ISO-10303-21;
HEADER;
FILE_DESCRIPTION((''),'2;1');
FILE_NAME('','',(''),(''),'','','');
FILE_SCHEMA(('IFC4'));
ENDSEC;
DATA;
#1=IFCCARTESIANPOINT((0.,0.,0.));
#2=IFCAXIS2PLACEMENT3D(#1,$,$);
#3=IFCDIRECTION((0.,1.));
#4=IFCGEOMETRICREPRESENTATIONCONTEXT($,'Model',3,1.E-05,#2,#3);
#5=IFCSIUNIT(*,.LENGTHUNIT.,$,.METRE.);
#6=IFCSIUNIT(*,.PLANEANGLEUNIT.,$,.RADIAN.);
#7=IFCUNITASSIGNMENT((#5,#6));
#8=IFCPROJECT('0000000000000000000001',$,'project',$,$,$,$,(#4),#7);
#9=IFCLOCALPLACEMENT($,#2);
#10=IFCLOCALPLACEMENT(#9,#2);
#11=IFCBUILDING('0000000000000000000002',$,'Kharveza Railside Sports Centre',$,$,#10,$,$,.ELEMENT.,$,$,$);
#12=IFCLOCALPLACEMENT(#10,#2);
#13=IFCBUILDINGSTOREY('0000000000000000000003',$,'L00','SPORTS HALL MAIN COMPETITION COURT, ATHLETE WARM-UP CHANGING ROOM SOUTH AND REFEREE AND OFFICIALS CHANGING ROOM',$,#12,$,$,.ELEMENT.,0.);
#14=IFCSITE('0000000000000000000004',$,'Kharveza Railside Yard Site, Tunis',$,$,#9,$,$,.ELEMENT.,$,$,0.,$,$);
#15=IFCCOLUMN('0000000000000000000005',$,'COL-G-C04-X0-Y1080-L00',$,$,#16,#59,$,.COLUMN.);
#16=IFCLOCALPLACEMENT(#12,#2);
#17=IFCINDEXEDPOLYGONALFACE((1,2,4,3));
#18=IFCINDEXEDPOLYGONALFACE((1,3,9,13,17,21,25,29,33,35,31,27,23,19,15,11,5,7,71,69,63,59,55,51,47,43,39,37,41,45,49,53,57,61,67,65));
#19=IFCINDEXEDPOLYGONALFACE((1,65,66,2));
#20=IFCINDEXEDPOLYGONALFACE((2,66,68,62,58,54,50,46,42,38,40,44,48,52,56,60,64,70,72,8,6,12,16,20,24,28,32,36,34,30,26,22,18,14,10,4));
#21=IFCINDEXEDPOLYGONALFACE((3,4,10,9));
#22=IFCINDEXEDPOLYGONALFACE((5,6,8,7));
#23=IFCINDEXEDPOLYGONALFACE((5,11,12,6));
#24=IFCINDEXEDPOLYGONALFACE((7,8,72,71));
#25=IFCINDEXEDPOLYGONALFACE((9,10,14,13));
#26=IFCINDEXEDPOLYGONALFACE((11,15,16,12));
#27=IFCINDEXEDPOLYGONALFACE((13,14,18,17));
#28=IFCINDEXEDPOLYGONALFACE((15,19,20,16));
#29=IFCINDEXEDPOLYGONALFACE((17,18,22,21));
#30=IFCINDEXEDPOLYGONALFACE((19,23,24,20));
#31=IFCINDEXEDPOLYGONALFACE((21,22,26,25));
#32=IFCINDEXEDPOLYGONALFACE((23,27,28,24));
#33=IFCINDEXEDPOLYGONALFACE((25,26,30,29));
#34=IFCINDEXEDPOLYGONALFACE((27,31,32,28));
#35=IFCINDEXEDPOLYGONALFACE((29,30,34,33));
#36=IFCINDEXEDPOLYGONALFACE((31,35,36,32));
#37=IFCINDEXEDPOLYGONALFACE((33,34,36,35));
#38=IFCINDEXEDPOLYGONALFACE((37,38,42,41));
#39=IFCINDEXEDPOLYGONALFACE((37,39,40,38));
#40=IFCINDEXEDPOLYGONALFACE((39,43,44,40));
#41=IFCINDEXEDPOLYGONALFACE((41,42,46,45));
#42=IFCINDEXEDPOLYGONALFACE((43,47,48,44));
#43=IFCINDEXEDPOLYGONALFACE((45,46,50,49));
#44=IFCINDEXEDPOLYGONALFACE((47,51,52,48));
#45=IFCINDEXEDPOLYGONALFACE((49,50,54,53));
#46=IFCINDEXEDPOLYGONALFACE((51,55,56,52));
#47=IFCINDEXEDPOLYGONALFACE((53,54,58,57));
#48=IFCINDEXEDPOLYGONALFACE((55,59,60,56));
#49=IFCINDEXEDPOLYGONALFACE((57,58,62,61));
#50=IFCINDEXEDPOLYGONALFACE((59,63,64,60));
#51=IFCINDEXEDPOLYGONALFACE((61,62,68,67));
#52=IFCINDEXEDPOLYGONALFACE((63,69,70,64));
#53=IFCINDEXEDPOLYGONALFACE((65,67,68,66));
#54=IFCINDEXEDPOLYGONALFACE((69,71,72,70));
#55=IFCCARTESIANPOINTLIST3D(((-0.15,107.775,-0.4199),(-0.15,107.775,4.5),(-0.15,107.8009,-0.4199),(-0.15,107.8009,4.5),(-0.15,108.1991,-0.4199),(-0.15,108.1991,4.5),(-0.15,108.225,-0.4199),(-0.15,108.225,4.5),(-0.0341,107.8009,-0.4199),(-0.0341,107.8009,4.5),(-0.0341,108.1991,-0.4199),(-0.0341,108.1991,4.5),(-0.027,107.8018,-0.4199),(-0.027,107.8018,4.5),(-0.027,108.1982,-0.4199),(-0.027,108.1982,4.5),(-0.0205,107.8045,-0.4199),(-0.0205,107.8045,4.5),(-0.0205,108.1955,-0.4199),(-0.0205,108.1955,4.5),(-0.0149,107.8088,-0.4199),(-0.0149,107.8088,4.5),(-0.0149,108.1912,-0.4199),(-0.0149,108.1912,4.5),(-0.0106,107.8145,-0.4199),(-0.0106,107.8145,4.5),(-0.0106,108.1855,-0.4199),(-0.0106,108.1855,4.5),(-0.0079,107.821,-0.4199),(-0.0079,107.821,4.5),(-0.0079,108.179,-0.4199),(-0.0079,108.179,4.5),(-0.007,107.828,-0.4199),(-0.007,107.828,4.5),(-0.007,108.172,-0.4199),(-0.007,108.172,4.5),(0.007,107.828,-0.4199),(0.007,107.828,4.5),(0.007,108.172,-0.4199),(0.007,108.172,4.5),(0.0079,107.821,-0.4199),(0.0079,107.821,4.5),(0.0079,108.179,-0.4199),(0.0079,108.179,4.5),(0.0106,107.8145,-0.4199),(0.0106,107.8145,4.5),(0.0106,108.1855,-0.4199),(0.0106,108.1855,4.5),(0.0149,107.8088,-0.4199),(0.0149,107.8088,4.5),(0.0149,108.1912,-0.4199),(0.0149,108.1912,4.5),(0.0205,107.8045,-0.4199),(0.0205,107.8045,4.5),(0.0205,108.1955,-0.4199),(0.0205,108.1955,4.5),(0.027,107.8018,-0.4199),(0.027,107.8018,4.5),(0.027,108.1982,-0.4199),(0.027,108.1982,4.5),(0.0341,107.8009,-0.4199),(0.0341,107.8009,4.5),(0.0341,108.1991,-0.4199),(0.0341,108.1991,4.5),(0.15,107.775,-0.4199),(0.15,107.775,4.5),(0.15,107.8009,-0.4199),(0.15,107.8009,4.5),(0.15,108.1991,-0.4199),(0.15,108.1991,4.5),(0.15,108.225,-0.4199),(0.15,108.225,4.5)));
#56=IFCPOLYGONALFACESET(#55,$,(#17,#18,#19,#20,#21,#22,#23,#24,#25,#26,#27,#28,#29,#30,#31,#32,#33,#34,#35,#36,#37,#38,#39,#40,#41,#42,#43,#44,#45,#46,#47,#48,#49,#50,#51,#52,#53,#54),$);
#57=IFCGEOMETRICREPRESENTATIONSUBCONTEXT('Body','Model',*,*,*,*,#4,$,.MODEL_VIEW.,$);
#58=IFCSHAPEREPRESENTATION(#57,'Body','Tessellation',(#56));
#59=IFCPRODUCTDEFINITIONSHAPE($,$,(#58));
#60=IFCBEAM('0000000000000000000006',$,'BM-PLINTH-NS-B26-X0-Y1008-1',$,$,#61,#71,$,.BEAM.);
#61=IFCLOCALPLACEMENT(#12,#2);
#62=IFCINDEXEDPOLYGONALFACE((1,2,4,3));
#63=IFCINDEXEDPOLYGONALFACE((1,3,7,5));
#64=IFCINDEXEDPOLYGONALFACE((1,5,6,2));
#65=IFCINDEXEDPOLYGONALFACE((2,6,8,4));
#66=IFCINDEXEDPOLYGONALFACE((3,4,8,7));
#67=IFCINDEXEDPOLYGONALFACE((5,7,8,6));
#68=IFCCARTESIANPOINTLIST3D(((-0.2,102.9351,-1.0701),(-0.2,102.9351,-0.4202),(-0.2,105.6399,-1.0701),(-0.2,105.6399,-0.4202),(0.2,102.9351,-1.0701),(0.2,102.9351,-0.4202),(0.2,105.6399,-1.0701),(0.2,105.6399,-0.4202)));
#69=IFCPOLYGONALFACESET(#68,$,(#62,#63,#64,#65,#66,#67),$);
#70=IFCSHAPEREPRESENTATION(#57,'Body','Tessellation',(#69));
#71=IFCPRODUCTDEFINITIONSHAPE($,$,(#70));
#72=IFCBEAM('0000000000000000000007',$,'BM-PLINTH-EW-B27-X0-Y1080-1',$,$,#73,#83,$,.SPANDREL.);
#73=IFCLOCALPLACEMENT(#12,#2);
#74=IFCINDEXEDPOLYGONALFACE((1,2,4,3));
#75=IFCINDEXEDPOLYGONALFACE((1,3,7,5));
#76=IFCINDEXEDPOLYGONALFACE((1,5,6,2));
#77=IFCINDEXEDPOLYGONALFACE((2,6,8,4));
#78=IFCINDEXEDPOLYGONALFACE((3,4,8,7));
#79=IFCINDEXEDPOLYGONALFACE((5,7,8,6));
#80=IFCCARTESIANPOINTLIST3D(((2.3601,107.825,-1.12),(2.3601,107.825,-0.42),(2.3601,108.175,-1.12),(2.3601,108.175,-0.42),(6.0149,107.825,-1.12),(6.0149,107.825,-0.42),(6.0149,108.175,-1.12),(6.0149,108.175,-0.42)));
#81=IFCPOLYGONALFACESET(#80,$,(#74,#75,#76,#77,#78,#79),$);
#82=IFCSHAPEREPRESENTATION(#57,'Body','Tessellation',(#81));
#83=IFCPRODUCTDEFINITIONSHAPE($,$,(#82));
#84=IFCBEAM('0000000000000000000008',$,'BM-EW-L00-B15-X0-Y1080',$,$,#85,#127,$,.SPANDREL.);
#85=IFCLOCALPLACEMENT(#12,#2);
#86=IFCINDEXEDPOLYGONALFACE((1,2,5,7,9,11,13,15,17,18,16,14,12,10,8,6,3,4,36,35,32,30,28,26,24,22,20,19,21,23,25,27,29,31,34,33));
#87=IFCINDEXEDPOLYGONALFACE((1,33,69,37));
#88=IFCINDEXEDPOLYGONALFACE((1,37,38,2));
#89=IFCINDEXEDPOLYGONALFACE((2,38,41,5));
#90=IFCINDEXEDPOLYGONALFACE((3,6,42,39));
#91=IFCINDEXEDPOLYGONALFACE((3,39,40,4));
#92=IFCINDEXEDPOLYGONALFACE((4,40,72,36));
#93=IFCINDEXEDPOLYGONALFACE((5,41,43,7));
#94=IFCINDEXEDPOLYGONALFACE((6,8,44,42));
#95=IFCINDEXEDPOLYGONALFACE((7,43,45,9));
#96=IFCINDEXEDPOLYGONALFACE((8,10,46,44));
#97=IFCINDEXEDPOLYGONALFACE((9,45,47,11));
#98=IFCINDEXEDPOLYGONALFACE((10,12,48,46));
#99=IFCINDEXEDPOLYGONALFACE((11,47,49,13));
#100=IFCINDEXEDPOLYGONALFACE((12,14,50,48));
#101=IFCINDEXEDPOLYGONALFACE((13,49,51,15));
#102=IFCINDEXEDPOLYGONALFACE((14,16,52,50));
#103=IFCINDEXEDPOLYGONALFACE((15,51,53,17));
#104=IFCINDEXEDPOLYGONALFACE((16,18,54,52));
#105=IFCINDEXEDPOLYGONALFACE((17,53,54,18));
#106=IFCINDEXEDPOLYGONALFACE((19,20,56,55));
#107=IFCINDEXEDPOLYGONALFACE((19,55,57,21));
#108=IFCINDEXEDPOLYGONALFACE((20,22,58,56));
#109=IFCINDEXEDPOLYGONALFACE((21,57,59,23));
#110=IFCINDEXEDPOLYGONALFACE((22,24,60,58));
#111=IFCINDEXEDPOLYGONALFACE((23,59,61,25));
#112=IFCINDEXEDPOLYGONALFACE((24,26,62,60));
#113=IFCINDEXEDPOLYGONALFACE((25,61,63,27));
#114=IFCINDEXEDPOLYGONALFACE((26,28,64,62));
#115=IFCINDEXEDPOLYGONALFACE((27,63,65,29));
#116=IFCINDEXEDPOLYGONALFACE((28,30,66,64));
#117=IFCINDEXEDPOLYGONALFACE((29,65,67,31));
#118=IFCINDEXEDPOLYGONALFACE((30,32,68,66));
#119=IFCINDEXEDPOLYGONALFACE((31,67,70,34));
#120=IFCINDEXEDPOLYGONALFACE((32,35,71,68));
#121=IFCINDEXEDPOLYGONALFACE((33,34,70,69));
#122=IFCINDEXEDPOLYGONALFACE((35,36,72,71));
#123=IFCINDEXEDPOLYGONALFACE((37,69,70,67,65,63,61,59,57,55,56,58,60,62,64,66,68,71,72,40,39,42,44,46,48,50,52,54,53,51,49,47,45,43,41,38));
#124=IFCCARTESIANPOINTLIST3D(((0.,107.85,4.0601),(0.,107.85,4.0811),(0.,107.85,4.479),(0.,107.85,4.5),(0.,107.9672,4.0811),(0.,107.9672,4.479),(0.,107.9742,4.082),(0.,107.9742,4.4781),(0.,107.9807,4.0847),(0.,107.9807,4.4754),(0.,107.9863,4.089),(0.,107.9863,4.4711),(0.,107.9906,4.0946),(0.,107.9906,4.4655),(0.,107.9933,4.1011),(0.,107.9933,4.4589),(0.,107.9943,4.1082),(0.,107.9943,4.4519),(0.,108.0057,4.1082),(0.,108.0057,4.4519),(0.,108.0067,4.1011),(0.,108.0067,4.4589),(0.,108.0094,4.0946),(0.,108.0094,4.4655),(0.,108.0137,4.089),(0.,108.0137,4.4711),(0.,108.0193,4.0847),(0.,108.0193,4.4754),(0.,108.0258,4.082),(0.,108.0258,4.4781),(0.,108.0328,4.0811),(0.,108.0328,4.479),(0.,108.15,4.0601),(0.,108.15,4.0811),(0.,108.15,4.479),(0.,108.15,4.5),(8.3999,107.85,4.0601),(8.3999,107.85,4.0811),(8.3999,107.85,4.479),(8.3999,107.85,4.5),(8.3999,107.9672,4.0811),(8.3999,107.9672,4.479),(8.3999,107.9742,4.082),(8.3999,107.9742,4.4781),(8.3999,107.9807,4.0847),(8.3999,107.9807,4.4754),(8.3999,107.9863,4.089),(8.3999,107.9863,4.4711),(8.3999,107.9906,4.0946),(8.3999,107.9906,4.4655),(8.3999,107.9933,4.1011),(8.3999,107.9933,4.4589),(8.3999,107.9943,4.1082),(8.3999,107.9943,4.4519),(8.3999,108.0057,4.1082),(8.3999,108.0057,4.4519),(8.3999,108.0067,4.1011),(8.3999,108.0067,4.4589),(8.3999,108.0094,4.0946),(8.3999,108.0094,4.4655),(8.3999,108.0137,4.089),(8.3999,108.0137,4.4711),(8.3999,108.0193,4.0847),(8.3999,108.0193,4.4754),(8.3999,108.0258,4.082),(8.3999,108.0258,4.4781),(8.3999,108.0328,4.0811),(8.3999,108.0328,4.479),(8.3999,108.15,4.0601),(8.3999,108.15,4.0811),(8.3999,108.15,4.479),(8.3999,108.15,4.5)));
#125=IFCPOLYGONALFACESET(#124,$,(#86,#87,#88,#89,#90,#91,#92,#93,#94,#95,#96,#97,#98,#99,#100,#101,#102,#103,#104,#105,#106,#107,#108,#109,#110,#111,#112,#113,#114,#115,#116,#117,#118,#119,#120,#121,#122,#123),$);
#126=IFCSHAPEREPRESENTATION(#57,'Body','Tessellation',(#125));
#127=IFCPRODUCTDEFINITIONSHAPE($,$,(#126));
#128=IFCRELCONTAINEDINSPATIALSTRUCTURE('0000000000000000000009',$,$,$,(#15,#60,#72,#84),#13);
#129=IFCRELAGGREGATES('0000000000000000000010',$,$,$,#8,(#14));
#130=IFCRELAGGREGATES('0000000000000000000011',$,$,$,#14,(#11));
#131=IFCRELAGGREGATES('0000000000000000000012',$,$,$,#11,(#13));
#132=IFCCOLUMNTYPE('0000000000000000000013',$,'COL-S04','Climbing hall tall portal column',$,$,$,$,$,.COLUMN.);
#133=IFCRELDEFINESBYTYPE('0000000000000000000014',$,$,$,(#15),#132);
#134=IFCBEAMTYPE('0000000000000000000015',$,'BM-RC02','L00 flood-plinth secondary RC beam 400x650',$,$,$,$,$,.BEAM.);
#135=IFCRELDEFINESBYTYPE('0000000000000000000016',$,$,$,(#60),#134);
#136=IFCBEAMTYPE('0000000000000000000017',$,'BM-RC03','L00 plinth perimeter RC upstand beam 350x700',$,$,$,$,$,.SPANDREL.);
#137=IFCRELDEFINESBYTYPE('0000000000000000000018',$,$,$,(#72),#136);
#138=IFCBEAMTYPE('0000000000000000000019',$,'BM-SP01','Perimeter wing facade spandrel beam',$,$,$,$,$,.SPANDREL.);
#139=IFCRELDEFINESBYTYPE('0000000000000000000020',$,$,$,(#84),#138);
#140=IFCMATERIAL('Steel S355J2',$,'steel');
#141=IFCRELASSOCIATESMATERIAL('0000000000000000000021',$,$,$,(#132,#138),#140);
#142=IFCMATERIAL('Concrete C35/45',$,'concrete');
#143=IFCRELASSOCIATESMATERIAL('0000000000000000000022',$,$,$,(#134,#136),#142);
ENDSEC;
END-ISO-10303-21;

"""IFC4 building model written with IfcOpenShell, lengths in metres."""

from ifc_helpers import new_model, si_unit, direction, frame, origin, origin_2d, place, context, subcontext, project, spatial, rectangle, i_section, extrude, material, material_profile, profile_set, type_object, element, save


model = new_model("IFC4")

# Units and contexts
model_context = context("Model", 3, precision=1e-05, world=origin(), true_north=direction((0.0, 1.0)))
body_context = subcontext(model_context, "Body", "Model", "MODEL_VIEW")
ifc_project = project(units=[si_unit("LENGTHUNIT", "METRE"), si_unit("PLANEANGLEUNIT", "RADIAN")], contexts=[model_context])

# Site, building, storey
site_placement = place(None, origin())
site = spatial("IfcSite", under=ifc_project, at=site_placement, Name="Kharveza Railside Yard Site, Tunis", CompositionType="ELEMENT", RefElevation=0.0)
building_placement = place(site_placement, origin())
building = spatial("IfcBuilding", under=site, at=building_placement, Name="Kharveza Railside Sports Centre", CompositionType="ELEMENT")
storey_placement = place(building_placement, origin())
storey = spatial("IfcBuildingStorey", under=building, at=storey_placement, Name="L00", Description="SPORTS HALL MAIN COMPETITION COURT, ATHLETE WARM-UP CHANGING ROOM SOUTH AND REFEREE AND OFFICIALS CHANGING ROOM", CompositionType="ELEMENT", Elevation=0.0)

# Shared definitions
ifc_material_1 = material(Name="Concrete C35/45", Category="concrete")

# Column
ifc_material_2 = material(Name="Steel S355J2", Category="steel")
ifc_material_profile_1 = material_profile(ifc_material_2, i_section(OverallWidth=0.3, OverallDepth=0.45, WebThickness=0.0139, FlangeThickness=0.0259, FilletRadius=0.0271, at=origin_2d()), Name="HEB 450")
ifc_profile_set_1 = profile_set([ifc_material_profile_1], Name="Steel S355J2")
column_type_1 = type_object("IfcColumnType", Name="COL-S04", Description="Climbing hall tall portal column", PredefinedType="COLUMN", material=ifc_profile_set_1)
column_1_placement = place(storey_placement, frame((0.0, 108.0, -0.4199), z_axis=(0.0, 0.0, 1.0), x_axis=(1.0, 0.0, 0.0)))
element("IfcColumn", 1, at=column_1_placement, inside=storey, type_object=column_type_1, Name="COL-G-C04-X0-Y1080-L00", PredefinedType="COLUMN", context=body_context, shape_type="SweptSolid", body=[
    extrude(i_section(OverallWidth=0.3, OverallDepth=0.45, WebThickness=0.0139, FlangeThickness=0.0259, FilletRadius=0.0271, at=origin_2d()), origin(), (0.0, 0.0, 1.0), 4.9199),
])

# Beams
ifc_material_profile_2 = material_profile(ifc_material_1, rectangle(XDim=0.3999, YDim=0.6499, at=origin_2d()), Name="RCB 400x650")
ifc_profile_set_2 = profile_set([ifc_material_profile_2], Name="Concrete C35/45")
beam_type_1 = type_object("IfcBeamType", Name="BM-RC02", Description="L00 flood-plinth secondary RC beam 400x650", PredefinedType="BEAM", material=ifc_profile_set_2)
beam_1_placement = place(storey_placement, frame((0.0, 102.9351, -0.7451), z_axis=(0.0, 1.0, 0.0), x_axis=(-1.0, 0.0, 0.0)))
element("IfcBeam", 2, at=beam_1_placement, inside=storey, type_object=beam_type_1, Name="BM-PLINTH-NS-B26-X0-Y1008-1", PredefinedType="BEAM", context=body_context, shape_type="SweptSolid", body=[
    extrude(rectangle(XDim=0.3999, YDim=0.6499, at=origin_2d()), origin(), (0.0, 0.0, 1.0), 2.7048),
])
ifc_material_profile_3 = material_profile(ifc_material_1, rectangle(XDim=0.3501, YDim=0.7, at=origin_2d()), Name="RCB 350x700")
ifc_profile_set_3 = profile_set([ifc_material_profile_3], Name="Concrete C35/45")
beam_type_2 = type_object("IfcBeamType", Name="BM-RC03", Description="L00 plinth perimeter RC upstand beam 350x700", PredefinedType="SPANDREL", material=ifc_profile_set_3)
beam_2_placement = place(storey_placement, frame((2.3601, 108.0, -0.77), z_axis=(1.0, 0.0, 0.0), x_axis=(0.0, 1.0, 0.0)))
element("IfcBeam", 3, at=beam_2_placement, inside=storey, type_object=beam_type_2, Name="BM-PLINTH-EW-B27-X0-Y1080-1", PredefinedType="SPANDREL", context=body_context, shape_type="SweptSolid", body=[
    extrude(rectangle(XDim=0.3501, YDim=0.7, at=origin_2d()), origin(), (0.0, 0.0, 1.0), 3.6548),
])
ifc_material_profile_4 = material_profile(ifc_material_2, i_section(OverallWidth=0.3, OverallDepth=0.4399, WebThickness=0.0115, FlangeThickness=0.021, FilletRadius=0.0271, at=origin_2d()), Name="HEA 450")
ifc_profile_set_4 = profile_set([ifc_material_profile_4], Name="Steel S355J2")
beam_type_3 = type_object("IfcBeamType", Name="BM-SP01", Description="Perimeter wing facade spandrel beam", PredefinedType="SPANDREL", material=ifc_profile_set_4)
beam_3_placement = place(storey_placement, frame((0.0, 108.0, 4.28), z_axis=(1.0, 0.0, 0.0), x_axis=(0.0, 1.0, 0.0)))
element("IfcBeam", 4, at=beam_3_placement, inside=storey, type_object=beam_type_3, Name="BM-EW-L00-B15-X0-Y1080", PredefinedType="SPANDREL", context=body_context, shape_type="SweptSolid", body=[
    extrude(i_section(OverallWidth=0.3, OverallDepth=0.4399, WebThickness=0.0115, FlangeThickness=0.021, FilletRadius=0.0271, at=origin_2d()), origin(), (0.0, 0.0, 1.0), 8.3999),
])

save(model, "model.ifc")
